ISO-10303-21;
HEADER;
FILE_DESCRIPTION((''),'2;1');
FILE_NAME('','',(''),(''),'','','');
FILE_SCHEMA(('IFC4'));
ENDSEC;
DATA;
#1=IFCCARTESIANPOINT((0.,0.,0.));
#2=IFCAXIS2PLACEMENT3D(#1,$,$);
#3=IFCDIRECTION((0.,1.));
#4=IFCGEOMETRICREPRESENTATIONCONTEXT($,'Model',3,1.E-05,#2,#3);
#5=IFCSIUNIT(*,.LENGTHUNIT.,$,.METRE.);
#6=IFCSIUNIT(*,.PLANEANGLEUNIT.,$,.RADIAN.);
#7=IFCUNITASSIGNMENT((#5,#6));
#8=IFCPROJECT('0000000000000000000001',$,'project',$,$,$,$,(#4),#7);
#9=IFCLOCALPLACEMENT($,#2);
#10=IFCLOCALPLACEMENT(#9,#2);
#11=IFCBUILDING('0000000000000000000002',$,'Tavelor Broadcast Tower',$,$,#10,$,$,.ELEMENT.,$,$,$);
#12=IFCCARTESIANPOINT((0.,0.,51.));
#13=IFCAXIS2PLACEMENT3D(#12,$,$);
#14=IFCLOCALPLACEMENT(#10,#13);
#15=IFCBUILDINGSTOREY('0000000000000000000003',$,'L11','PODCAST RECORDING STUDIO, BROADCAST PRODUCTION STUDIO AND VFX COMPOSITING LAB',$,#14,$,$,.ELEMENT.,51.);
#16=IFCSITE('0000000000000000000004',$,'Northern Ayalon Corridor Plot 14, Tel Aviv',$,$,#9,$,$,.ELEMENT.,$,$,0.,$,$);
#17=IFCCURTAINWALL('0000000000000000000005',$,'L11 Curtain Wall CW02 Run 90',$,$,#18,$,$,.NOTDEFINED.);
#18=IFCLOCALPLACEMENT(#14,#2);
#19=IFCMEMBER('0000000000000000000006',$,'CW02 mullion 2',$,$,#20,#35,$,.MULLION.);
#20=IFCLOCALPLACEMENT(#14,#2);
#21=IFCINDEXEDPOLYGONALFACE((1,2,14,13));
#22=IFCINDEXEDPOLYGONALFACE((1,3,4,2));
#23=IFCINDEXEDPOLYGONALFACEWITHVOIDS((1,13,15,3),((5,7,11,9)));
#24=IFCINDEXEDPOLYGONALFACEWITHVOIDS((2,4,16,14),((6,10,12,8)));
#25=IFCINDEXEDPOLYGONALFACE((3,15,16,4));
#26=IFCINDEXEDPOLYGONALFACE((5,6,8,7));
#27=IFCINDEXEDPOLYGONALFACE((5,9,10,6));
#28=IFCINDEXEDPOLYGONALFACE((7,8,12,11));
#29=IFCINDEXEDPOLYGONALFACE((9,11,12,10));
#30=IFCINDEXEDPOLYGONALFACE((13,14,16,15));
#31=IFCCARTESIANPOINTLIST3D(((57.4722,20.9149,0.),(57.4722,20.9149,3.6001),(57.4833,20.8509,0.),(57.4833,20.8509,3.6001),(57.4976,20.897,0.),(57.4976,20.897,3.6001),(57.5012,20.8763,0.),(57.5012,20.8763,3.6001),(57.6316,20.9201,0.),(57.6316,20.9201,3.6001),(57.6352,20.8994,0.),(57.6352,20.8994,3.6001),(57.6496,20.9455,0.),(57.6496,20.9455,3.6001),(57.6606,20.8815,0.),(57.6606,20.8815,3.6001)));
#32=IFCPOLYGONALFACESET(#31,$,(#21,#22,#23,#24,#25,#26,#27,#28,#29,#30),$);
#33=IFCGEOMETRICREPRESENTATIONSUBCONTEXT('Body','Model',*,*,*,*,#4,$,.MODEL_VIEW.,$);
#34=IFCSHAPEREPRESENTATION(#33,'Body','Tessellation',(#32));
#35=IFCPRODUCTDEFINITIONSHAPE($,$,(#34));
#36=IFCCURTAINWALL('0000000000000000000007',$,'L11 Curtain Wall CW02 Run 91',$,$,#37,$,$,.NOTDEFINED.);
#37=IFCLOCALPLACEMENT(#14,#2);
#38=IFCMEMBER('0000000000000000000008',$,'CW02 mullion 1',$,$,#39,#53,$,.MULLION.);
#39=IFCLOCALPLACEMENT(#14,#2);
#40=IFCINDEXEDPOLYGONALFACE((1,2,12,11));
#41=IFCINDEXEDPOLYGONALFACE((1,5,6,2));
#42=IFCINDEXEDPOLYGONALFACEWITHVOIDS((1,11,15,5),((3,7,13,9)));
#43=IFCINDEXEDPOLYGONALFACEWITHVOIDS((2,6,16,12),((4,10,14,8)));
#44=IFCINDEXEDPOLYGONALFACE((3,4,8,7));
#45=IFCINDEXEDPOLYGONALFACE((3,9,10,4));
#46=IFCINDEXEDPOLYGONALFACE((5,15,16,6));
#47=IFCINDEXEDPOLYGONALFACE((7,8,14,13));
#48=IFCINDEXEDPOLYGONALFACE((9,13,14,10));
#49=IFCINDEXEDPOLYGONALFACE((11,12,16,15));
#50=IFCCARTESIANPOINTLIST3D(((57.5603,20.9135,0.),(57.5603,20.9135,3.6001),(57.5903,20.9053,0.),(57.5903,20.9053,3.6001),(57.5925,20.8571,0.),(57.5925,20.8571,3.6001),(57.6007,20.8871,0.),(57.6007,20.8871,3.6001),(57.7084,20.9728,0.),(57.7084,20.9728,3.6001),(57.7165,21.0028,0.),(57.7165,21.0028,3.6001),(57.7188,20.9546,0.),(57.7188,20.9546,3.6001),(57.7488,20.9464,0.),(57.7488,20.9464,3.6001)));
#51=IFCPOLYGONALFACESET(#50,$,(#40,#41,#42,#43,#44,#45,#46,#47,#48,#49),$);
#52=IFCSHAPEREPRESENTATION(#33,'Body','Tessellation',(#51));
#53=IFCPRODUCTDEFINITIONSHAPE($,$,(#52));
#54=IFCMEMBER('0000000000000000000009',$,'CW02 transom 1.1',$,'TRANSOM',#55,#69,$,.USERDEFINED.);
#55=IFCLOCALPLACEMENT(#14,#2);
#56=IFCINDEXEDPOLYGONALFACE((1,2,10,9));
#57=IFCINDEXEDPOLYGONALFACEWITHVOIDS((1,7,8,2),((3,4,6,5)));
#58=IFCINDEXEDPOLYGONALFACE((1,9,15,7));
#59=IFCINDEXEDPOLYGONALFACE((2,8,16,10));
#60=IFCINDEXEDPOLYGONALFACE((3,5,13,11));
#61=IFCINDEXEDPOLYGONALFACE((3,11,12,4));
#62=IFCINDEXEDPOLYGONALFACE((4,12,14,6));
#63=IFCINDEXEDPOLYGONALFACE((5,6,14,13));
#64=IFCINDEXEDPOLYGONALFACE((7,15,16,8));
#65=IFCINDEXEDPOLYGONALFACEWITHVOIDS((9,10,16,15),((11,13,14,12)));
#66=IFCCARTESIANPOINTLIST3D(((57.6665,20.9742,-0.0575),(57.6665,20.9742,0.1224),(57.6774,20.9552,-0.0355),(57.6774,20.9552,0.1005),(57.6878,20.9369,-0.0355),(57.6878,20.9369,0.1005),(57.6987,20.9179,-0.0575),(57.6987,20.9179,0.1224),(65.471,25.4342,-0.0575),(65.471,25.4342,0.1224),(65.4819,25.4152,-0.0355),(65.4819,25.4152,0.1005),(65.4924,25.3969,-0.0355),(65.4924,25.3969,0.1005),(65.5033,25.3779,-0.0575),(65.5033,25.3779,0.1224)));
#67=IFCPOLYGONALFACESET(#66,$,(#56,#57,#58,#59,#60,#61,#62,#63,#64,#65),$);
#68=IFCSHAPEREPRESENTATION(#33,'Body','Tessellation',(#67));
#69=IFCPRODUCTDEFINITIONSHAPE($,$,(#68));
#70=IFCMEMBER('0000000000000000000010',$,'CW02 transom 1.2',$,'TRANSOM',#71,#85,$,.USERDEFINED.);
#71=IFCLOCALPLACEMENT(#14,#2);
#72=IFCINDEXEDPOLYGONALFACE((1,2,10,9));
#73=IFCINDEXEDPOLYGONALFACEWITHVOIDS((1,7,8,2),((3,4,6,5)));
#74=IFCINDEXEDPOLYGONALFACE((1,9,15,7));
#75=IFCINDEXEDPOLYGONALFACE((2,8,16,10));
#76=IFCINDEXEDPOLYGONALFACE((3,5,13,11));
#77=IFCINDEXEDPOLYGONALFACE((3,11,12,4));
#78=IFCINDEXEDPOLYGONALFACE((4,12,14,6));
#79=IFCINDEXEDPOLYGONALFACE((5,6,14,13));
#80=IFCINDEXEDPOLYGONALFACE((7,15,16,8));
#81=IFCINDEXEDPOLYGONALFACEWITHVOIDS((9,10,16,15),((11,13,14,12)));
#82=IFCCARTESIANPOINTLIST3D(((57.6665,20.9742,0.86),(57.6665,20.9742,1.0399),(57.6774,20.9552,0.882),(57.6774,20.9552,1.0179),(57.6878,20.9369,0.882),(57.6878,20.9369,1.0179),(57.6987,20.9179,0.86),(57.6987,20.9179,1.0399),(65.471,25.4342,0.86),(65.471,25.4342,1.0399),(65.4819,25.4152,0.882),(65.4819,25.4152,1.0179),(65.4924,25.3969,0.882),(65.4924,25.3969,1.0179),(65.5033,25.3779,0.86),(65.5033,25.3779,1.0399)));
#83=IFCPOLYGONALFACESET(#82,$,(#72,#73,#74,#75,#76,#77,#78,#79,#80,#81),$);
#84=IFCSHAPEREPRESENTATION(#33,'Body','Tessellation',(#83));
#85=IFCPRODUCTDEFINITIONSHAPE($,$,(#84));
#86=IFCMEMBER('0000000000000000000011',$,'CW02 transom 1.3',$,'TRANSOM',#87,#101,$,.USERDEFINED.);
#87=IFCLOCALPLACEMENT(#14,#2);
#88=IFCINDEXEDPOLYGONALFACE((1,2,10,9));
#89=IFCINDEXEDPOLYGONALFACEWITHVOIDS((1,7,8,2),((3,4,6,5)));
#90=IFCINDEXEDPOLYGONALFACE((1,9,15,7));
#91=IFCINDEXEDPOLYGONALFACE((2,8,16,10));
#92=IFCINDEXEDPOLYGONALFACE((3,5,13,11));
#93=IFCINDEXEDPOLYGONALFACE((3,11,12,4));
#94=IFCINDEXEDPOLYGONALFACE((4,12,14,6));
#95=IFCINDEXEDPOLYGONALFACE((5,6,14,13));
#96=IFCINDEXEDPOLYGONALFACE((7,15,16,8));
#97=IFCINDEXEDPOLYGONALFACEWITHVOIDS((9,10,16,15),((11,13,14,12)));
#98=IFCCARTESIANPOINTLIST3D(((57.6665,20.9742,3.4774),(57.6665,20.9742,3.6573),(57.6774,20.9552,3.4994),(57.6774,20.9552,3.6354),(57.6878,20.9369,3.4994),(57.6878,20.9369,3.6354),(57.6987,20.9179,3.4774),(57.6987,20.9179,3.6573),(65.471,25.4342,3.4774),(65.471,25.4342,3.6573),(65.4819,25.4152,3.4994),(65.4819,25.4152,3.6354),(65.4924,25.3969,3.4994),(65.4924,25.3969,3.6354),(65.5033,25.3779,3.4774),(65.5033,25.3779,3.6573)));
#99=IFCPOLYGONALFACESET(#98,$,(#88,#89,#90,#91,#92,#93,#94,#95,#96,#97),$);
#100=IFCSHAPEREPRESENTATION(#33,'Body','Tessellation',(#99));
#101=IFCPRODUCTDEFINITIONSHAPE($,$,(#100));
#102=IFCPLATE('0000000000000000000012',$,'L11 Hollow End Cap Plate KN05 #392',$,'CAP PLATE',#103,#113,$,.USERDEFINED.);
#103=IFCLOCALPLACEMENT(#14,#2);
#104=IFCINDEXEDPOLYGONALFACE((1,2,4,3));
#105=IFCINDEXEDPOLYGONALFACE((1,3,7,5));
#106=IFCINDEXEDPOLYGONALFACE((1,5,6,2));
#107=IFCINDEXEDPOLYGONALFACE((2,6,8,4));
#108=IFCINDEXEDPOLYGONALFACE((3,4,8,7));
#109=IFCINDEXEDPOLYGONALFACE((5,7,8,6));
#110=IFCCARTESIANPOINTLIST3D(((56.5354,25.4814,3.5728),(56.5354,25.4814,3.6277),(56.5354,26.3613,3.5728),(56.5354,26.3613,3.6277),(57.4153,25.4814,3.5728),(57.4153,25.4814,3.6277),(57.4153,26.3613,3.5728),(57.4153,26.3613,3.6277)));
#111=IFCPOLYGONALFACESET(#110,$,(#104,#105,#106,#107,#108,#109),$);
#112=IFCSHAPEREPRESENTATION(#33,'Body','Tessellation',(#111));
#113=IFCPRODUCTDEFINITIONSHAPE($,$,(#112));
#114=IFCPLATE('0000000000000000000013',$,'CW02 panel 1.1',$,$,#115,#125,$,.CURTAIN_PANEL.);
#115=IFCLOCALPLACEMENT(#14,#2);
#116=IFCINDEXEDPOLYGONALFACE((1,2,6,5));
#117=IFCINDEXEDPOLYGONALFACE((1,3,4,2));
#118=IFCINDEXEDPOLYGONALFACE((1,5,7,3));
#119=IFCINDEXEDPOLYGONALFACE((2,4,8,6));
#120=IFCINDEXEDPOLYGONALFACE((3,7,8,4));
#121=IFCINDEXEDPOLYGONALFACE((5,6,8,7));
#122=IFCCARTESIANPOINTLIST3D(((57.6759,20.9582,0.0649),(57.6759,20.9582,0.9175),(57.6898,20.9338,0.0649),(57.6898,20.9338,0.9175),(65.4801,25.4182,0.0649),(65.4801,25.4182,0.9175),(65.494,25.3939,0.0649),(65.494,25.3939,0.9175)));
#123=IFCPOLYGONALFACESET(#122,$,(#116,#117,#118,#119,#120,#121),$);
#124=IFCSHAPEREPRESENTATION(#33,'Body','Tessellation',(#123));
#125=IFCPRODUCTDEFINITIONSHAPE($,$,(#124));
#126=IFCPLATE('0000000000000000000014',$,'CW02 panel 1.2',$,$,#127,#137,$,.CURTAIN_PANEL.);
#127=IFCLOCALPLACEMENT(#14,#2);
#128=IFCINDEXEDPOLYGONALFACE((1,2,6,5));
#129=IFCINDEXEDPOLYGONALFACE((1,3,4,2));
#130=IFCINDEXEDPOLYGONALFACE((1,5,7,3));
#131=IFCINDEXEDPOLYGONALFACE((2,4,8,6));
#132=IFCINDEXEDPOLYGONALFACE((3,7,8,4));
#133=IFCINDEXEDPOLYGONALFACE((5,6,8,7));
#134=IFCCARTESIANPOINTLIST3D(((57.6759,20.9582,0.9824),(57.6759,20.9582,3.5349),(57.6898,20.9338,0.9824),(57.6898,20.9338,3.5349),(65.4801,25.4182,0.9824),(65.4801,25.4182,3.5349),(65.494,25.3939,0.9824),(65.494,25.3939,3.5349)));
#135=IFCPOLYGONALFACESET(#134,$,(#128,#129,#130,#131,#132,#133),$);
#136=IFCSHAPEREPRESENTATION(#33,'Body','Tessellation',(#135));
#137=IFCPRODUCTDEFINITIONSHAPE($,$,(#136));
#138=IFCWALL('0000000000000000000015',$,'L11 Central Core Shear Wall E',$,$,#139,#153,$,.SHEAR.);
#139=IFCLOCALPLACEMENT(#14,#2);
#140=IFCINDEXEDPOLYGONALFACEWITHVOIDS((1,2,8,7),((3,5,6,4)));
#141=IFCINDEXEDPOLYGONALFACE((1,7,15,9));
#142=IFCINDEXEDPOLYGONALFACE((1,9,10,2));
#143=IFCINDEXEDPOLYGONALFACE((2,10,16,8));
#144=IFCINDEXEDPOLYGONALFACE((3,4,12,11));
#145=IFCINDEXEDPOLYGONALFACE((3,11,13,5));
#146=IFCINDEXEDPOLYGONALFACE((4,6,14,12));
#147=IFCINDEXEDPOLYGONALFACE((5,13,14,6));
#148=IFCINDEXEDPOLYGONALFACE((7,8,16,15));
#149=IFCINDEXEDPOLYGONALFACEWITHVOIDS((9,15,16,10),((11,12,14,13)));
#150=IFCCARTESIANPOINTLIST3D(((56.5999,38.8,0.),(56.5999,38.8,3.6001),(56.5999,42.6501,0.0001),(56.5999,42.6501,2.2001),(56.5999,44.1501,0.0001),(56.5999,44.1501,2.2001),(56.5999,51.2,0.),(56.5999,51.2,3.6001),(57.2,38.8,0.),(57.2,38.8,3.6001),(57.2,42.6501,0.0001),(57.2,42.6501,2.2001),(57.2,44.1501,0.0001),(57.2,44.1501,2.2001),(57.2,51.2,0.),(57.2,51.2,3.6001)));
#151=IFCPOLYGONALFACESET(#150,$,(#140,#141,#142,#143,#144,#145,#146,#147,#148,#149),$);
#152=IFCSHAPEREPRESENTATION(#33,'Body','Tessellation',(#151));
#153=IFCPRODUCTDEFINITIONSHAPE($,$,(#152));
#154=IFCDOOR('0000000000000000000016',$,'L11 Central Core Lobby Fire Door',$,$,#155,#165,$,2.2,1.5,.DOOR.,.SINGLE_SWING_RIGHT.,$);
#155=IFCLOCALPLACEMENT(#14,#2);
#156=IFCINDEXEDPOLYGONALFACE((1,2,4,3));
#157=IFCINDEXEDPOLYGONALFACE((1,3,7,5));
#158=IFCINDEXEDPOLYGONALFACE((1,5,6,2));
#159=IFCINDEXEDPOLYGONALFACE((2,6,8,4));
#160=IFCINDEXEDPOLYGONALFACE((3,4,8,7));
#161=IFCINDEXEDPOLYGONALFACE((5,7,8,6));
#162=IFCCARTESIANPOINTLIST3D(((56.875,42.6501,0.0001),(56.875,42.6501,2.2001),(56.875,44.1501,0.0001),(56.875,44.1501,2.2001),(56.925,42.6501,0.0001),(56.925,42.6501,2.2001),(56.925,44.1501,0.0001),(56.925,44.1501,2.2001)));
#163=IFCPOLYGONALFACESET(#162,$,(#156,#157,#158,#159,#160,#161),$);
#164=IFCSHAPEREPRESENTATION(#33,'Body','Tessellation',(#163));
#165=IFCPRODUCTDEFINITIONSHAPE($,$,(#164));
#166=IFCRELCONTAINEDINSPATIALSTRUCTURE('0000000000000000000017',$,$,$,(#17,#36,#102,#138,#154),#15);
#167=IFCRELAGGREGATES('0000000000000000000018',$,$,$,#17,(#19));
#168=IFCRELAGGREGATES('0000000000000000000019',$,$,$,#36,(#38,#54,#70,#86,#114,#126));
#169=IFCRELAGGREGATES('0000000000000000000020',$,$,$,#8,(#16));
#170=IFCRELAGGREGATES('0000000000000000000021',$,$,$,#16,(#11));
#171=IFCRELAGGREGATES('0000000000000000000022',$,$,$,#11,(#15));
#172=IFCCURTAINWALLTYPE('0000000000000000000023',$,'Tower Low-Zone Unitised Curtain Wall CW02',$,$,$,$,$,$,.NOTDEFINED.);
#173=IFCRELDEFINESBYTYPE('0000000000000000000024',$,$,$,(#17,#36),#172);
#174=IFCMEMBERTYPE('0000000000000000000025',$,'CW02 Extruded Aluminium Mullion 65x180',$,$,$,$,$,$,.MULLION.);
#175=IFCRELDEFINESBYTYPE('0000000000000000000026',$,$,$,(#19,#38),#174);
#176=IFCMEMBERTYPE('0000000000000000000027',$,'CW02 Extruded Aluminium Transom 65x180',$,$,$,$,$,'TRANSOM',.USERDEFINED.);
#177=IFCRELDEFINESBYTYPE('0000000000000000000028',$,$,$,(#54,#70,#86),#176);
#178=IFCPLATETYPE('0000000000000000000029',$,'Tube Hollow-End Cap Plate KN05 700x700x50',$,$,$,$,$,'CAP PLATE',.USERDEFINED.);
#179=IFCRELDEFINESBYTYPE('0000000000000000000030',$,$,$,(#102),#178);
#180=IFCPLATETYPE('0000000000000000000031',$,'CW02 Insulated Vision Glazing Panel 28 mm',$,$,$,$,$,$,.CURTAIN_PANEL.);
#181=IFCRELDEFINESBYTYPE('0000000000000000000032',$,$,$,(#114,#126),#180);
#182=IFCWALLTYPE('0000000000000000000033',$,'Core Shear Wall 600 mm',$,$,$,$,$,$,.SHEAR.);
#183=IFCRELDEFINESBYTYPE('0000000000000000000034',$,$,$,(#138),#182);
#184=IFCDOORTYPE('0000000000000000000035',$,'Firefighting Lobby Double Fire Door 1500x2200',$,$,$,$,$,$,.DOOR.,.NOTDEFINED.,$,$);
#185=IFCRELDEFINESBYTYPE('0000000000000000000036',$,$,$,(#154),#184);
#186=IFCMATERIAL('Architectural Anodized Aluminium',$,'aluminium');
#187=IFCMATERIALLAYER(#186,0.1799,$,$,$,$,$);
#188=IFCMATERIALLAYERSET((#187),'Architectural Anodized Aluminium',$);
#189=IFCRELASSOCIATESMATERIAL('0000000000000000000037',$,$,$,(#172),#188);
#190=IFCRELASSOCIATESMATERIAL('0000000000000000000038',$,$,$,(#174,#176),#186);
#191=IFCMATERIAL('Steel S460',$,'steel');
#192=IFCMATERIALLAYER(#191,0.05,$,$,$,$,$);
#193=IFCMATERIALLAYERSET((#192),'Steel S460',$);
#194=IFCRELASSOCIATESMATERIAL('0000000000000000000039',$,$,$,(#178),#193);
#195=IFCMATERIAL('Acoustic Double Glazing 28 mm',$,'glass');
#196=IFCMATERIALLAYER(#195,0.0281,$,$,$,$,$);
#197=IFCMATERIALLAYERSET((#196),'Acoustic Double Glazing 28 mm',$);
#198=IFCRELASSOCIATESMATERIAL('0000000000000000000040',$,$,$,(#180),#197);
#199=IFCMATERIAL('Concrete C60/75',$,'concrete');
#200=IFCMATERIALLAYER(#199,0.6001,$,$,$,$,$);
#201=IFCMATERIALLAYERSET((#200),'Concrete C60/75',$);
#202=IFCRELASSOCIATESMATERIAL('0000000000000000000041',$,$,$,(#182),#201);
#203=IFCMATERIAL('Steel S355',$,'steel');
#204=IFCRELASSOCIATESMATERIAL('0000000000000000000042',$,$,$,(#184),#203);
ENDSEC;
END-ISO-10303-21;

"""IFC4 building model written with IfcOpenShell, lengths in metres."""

from ifc_helpers import new_model, si_unit, direction, frame, frame_2d, origin, origin_2d, place, context, subcontext, project, spatial, rectangle, hollow_rectangle, extrude, source, transform, mapped, material, layer, layer_set, material_profile, profile_set, type_object, type_shapes, element, fill, aggregate, save


model = new_model("IFC4")

# Units and contexts
model_context = context("Model", 3, precision=1e-05, world=origin(), true_north=direction((0.0, 1.0)))
body_context = subcontext(model_context, "Body", "Model", "MODEL_VIEW")
ifc_project = project(units=[si_unit("LENGTHUNIT", "METRE"), si_unit("PLANEANGLEUNIT", "RADIAN")], contexts=[model_context])

# Site, building, storey
site_placement = place(None, origin())
site = spatial("IfcSite", under=ifc_project, at=site_placement, Name="Northern Ayalon Corridor Plot 14, Tel Aviv", CompositionType="ELEMENT", RefElevation=0.0)
building_placement = place(site_placement, origin())
building = spatial("IfcBuilding", under=site, at=building_placement, Name="Tavelor Broadcast Tower", CompositionType="ELEMENT")
storey_placement = place(building_placement, frame((0.0, 0.0, 51.0)))
storey = spatial("IfcBuildingStorey", under=building, at=storey_placement, Name="L11", Description="PODCAST RECORDING STUDIO, BROADCAST PRODUCTION STUDIO AND VFX COMPOSITING LAB", CompositionType="ELEMENT", Elevation=51.0)

# Shared definitions
ifc_material_1 = material(Name="Concrete C60/75", Category="concrete")
ifc_material_2 = material(Name="Steel S460", Category="steel")

# Shared definitions
ifc_material_3 = material(Name="Steel S355", Category="steel")

# Curtain wall, member
ifc_material_4 = material(Name="Architectural Anodized Aluminium", Category="aluminium")
ifc_layer_1 = layer(ifc_material_4, 0.1799)
ifc_layer_set_1 = layer_set([ifc_layer_1], Name="Architectural Anodized Aluminium")
curtain_wall_type = type_object("IfcCurtainWallType", Name="Tower Low-Zone Unitised Curtain Wall CW02", PredefinedType="NOTDEFINED", material=ifc_layer_set_1)
curtain_wall_1_placement = place(storey_placement, origin())
curtain_wall_1 = element("IfcCurtainWall", 1, at=curtain_wall_1_placement, inside=storey, type_object=curtain_wall_type, Name="L11 Curtain Wall CW02 Run 90", PredefinedType="NOTDEFINED")
ifc_material_profile_1 = material_profile(ifc_material_4, hollow_rectangle(XDim=0.0649, YDim=0.1799, WallThickness=0.022, at=origin_2d()), Name="RHS 65x180x22")
ifc_profile_set_1 = profile_set([ifc_material_profile_1], Name="Architectural Anodized Aluminium")
member_type_1 = type_object("IfcMemberType", Name="CW02 Extruded Aluminium Mullion 65x180", PredefinedType="MULLION", material=ifc_profile_set_1)
shared_shape_1 = source(origin(), body_context, "Body", "SweptSolid", [
    extrude(hollow_rectangle(XDim=0.0649, YDim=0.1799, WallThickness=0.022, at=origin_2d()), origin(), (0.0, 0.0, 1.0), 3.6001),
])
type_shapes(member_type_1, [shared_shape_1])
member_1_placement = place(storey_placement, frame((57.5664, 20.8982, 0.0), z_axis=(0.0, 0.0, 1.0), x_axis=(-0.169783, 0.985482, 0.0)))
member_1 = element("IfcMember", 2, at=member_1_placement, type_object=member_type_1, Name="CW02 mullion 2", PredefinedType="MULLION", context=body_context, shape_type="MappedRepresentation", body=[
    mapped(shared_shape_1, transform((0.0, 0.0, 0.0), scale=1.0)),
])
aggregate(curtain_wall_1, [member_1])

# Curtain wall, members
curtain_wall_2_placement = place(storey_placement, origin())
curtain_wall_2 = element("IfcCurtainWall", 3, at=curtain_wall_2_placement, inside=storey, type_object=curtain_wall_type, Name="L11 Curtain Wall CW02 Run 91", PredefinedType="NOTDEFINED")
member_2_placement = place(storey_placement, frame((57.6545, 20.9299, 0.0), z_axis=(0.0, 0.0, 1.0), x_axis=(-0.496179, 0.86822, 0.0)))
member_2 = element("IfcMember", 4, at=member_2_placement, type_object=member_type_1, Name="CW02 mullion 1", PredefinedType="MULLION", context=body_context, shape_type="MappedRepresentation", body=[
    mapped(shared_shape_1, transform((0.0, 0.0, 0.0), scale=1.0)),
])
ifc_material_profile_2 = material_profile(ifc_material_4, hollow_rectangle(XDim=0.0649, YDim=0.1799, WallThickness=0.022, at=origin_2d()), Name="RHS 65x180x22")
ifc_profile_set_2 = profile_set([ifc_material_profile_2], Name="Architectural Anodized Aluminium")
member_type_2 = type_object("IfcMemberType", Name="CW02 Extruded Aluminium Transom 65x180", ElementType="TRANSOM", PredefinedType="USERDEFINED", material=ifc_profile_set_2)
shared_shape_2 = source(origin(), body_context, "Body", "SweptSolid", [
    extrude(hollow_rectangle(XDim=0.0649, YDim=0.1799, WallThickness=0.022, at=origin_2d()), origin(), (0.0, 0.0, 1.0), 8.989),
])
type_shapes(member_type_2, [shared_shape_2])
member_3_placement = place(storey_placement, frame((57.6826, 20.946, 0.0325), z_axis=(0.86823, 0.496162, 0.0), x_axis=(-0.496162, 0.86823, 0.0)))
member_3 = element("IfcMember", 5, at=member_3_placement, type_object=member_type_2, Name="CW02 transom 1.1", ObjectType="TRANSOM", PredefinedType="USERDEFINED", context=body_context, shape_type="MappedRepresentation", body=[
    mapped(shared_shape_2, transform((0.0, 0.0, 0.0), scale=1.0)),
])
member_4_placement = place(storey_placement, frame((57.6826, 20.946, 0.95), z_axis=(0.86823, 0.496162, 0.0), x_axis=(-0.496162, 0.86823, 0.0)))
member_4 = element("IfcMember", 6, at=member_4_placement, type_object=member_type_2, Name="CW02 transom 1.2", ObjectType="TRANSOM", PredefinedType="USERDEFINED", context=body_context, shape_type="MappedRepresentation", body=[
    mapped(shared_shape_2, transform((0.0, 0.0, 0.0), scale=1.0)),
])
member_5_placement = place(storey_placement, frame((57.6826, 20.946, 3.5674), z_axis=(0.86823, 0.496162, 0.0), x_axis=(-0.496162, 0.86823, 0.0)))
member_5 = element("IfcMember", 7, at=member_5_placement, type_object=member_type_2, Name="CW02 transom 1.3", ObjectType="TRANSOM", PredefinedType="USERDEFINED", context=body_context, shape_type="MappedRepresentation", body=[
    mapped(shared_shape_2, transform((0.0, 0.0, 0.0), scale=1.0)),
])

# Plates
ifc_layer_2 = layer(ifc_material_2, 0.05)
ifc_layer_set_2 = layer_set([ifc_layer_2], Name="Steel S460")
plate_type_1 = type_object("IfcPlateType", Name="Tube Hollow-End Cap Plate KN05 700x700x50", ElementType="CAP PLATE", PredefinedType="USERDEFINED", material=ifc_layer_set_2)
shared_shape_3 = source(origin(), body_context, "Body", "SweptSolid", [
    extrude(rectangle(XDim=0.8799, YDim=0.8799, at=origin_2d()), origin(), (0.0, 0.0, 1.0), 0.0549),
])
type_shapes(plate_type_1, [shared_shape_3])
plate_1_placement = place(storey_placement, frame((56.9753, 25.9214, 3.5728), z_axis=(0.0, 0.0, 1.0), x_axis=(1.0, 0.0, 0.0)))
element("IfcPlate", 8, at=plate_1_placement, inside=storey, type_object=plate_type_1, Name="L11 Hollow End Cap Plate KN05 #392", ObjectType="CAP PLATE", PredefinedType="USERDEFINED", context=body_context, shape_type="MappedRepresentation", body=[
    mapped(shared_shape_3, transform((0.0, 0.0, 0.0), scale=1.0)),
])
ifc_material_5 = material(Name="Acoustic Double Glazing 28 mm", Category="glass")
ifc_layer_3 = layer(ifc_material_5, 0.0281)
ifc_layer_set_3 = layer_set([ifc_layer_3], Name="Acoustic Double Glazing 28 mm")
plate_type_2 = type_object("IfcPlateType", Name="CW02 Insulated Vision Glazing Panel 28 mm", PredefinedType="CURTAIN_PANEL", material=ifc_layer_set_3)
shared_shape_4 = source(origin(), body_context, "Body", "SweptSolid", [
    extrude(rectangle(XDim=8.9888, YDim=0.0281, at=origin_2d()), origin(), (0.0, 0.0, 1.0), 0.8525),
])
plate_2_placement = place(storey_placement, frame((61.585, 23.176, 0.0649), z_axis=(0.0, 0.0, 1.0), x_axis=(0.86822, 0.496179, 0.0)))
plate_2 = element("IfcPlate", 9, at=plate_2_placement, type_object=plate_type_2, Name="CW02 panel 1.1", PredefinedType="CURTAIN_PANEL", context=body_context, shape_type="MappedRepresentation", body=[
    mapped(shared_shape_4, transform((0.0, 0.0, 0.0), scale=1.0)),
])
shared_shape_5 = source(origin(), body_context, "Body", "SweptSolid", [
    extrude(rectangle(XDim=8.9888, YDim=0.0281, at=origin_2d()), origin(), (0.0, 0.0, 1.0), 2.5525),
])
type_shapes(plate_type_2, [shared_shape_4, shared_shape_5])
plate_3_placement = place(storey_placement, frame((61.585, 23.176, 0.9824), z_axis=(0.0, 0.0, 1.0), x_axis=(0.86822, 0.496179, 0.0)))
plate_3 = element("IfcPlate", 10, at=plate_3_placement, type_object=plate_type_2, Name="CW02 panel 1.2", PredefinedType="CURTAIN_PANEL", context=body_context, shape_type="MappedRepresentation", body=[
    mapped(shared_shape_5, transform((0.0, 0.0, 0.0), scale=1.0)),
])
aggregate(curtain_wall_2, [member_2, member_3, member_4, member_5, plate_2, plate_3])

# Wall, opening, door
ifc_layer_4 = layer(ifc_material_1, 0.6001)
ifc_layer_set_4 = layer_set([ifc_layer_4], Name="Concrete C60/75")
wall_type_1 = type_object("IfcWallType", Name="Core Shear Wall 600 mm", PredefinedType="SHEAR", material=ifc_layer_set_4)
wall_1_placement = place(storey_placement, frame((56.8999, 38.8, 0.0), z_axis=(0.0, 0.0, 1.0), x_axis=(0.0, 1.0, 0.0)))
wall_1 = element("IfcWall", 11, at=wall_1_placement, inside=storey, type_object=wall_type_1, Name="L11 Central Core Shear Wall E", PredefinedType="SHEAR", context=body_context, shape_type="SweptSolid", body=[
    extrude(rectangle(XDim=12.3999, YDim=0.6001, at=frame_2d((6.2, 0.0))), origin(), (0.0, 0.0, 1.0), 3.6001),
])
opening_1_placement = place(wall_1_placement, frame((3.8501, 0.0, 0.0)))
opening_1 = element("IfcOpeningElement", 12, at=opening_1_placement, cuts=wall_1, PredefinedType="OPENING", context=body_context, shape_type="SweptSolid", body=[
    extrude(rectangle(XDim=1.5, YDim=2.2, at=frame_2d((0.75, 1.1001))), frame((0.0, 0.3101, 0.0), z_axis=(0.0, -1.0, 0.0), x_axis=(1.0, 0.0, 0.0)), (0.0, 0.0, 1.0), 0.6201),
])
door_type_1 = type_object("IfcDoorType", Name="Firefighting Lobby Double Fire Door 1500x2200", OperationType="NOTDEFINED", PredefinedType="DOOR", material=ifc_material_3)
door_1_placement = place(opening_1_placement, origin())
door_1 = element("IfcDoor", 13, at=door_1_placement, inside=storey, type_object=door_type_1, Name="L11 Central Core Lobby Fire Door", OperationType="SINGLE_SWING_RIGHT", OverallHeight=2.2, OverallWidth=1.5, PredefinedType="DOOR", context=body_context, shape_type="SweptSolid", body=[
    extrude(rectangle(XDim=1.5, YDim=2.2, at=frame_2d((0.75, 1.1001))), frame((0.0, 0.0249, 0.0), z_axis=(0.0, -1.0, 0.0), x_axis=(1.0, 0.0, 0.0)), (0.0, 0.0, 1.0), 0.05),
])
fill(opening_1, door_1)

save(model, "model.ifc")
